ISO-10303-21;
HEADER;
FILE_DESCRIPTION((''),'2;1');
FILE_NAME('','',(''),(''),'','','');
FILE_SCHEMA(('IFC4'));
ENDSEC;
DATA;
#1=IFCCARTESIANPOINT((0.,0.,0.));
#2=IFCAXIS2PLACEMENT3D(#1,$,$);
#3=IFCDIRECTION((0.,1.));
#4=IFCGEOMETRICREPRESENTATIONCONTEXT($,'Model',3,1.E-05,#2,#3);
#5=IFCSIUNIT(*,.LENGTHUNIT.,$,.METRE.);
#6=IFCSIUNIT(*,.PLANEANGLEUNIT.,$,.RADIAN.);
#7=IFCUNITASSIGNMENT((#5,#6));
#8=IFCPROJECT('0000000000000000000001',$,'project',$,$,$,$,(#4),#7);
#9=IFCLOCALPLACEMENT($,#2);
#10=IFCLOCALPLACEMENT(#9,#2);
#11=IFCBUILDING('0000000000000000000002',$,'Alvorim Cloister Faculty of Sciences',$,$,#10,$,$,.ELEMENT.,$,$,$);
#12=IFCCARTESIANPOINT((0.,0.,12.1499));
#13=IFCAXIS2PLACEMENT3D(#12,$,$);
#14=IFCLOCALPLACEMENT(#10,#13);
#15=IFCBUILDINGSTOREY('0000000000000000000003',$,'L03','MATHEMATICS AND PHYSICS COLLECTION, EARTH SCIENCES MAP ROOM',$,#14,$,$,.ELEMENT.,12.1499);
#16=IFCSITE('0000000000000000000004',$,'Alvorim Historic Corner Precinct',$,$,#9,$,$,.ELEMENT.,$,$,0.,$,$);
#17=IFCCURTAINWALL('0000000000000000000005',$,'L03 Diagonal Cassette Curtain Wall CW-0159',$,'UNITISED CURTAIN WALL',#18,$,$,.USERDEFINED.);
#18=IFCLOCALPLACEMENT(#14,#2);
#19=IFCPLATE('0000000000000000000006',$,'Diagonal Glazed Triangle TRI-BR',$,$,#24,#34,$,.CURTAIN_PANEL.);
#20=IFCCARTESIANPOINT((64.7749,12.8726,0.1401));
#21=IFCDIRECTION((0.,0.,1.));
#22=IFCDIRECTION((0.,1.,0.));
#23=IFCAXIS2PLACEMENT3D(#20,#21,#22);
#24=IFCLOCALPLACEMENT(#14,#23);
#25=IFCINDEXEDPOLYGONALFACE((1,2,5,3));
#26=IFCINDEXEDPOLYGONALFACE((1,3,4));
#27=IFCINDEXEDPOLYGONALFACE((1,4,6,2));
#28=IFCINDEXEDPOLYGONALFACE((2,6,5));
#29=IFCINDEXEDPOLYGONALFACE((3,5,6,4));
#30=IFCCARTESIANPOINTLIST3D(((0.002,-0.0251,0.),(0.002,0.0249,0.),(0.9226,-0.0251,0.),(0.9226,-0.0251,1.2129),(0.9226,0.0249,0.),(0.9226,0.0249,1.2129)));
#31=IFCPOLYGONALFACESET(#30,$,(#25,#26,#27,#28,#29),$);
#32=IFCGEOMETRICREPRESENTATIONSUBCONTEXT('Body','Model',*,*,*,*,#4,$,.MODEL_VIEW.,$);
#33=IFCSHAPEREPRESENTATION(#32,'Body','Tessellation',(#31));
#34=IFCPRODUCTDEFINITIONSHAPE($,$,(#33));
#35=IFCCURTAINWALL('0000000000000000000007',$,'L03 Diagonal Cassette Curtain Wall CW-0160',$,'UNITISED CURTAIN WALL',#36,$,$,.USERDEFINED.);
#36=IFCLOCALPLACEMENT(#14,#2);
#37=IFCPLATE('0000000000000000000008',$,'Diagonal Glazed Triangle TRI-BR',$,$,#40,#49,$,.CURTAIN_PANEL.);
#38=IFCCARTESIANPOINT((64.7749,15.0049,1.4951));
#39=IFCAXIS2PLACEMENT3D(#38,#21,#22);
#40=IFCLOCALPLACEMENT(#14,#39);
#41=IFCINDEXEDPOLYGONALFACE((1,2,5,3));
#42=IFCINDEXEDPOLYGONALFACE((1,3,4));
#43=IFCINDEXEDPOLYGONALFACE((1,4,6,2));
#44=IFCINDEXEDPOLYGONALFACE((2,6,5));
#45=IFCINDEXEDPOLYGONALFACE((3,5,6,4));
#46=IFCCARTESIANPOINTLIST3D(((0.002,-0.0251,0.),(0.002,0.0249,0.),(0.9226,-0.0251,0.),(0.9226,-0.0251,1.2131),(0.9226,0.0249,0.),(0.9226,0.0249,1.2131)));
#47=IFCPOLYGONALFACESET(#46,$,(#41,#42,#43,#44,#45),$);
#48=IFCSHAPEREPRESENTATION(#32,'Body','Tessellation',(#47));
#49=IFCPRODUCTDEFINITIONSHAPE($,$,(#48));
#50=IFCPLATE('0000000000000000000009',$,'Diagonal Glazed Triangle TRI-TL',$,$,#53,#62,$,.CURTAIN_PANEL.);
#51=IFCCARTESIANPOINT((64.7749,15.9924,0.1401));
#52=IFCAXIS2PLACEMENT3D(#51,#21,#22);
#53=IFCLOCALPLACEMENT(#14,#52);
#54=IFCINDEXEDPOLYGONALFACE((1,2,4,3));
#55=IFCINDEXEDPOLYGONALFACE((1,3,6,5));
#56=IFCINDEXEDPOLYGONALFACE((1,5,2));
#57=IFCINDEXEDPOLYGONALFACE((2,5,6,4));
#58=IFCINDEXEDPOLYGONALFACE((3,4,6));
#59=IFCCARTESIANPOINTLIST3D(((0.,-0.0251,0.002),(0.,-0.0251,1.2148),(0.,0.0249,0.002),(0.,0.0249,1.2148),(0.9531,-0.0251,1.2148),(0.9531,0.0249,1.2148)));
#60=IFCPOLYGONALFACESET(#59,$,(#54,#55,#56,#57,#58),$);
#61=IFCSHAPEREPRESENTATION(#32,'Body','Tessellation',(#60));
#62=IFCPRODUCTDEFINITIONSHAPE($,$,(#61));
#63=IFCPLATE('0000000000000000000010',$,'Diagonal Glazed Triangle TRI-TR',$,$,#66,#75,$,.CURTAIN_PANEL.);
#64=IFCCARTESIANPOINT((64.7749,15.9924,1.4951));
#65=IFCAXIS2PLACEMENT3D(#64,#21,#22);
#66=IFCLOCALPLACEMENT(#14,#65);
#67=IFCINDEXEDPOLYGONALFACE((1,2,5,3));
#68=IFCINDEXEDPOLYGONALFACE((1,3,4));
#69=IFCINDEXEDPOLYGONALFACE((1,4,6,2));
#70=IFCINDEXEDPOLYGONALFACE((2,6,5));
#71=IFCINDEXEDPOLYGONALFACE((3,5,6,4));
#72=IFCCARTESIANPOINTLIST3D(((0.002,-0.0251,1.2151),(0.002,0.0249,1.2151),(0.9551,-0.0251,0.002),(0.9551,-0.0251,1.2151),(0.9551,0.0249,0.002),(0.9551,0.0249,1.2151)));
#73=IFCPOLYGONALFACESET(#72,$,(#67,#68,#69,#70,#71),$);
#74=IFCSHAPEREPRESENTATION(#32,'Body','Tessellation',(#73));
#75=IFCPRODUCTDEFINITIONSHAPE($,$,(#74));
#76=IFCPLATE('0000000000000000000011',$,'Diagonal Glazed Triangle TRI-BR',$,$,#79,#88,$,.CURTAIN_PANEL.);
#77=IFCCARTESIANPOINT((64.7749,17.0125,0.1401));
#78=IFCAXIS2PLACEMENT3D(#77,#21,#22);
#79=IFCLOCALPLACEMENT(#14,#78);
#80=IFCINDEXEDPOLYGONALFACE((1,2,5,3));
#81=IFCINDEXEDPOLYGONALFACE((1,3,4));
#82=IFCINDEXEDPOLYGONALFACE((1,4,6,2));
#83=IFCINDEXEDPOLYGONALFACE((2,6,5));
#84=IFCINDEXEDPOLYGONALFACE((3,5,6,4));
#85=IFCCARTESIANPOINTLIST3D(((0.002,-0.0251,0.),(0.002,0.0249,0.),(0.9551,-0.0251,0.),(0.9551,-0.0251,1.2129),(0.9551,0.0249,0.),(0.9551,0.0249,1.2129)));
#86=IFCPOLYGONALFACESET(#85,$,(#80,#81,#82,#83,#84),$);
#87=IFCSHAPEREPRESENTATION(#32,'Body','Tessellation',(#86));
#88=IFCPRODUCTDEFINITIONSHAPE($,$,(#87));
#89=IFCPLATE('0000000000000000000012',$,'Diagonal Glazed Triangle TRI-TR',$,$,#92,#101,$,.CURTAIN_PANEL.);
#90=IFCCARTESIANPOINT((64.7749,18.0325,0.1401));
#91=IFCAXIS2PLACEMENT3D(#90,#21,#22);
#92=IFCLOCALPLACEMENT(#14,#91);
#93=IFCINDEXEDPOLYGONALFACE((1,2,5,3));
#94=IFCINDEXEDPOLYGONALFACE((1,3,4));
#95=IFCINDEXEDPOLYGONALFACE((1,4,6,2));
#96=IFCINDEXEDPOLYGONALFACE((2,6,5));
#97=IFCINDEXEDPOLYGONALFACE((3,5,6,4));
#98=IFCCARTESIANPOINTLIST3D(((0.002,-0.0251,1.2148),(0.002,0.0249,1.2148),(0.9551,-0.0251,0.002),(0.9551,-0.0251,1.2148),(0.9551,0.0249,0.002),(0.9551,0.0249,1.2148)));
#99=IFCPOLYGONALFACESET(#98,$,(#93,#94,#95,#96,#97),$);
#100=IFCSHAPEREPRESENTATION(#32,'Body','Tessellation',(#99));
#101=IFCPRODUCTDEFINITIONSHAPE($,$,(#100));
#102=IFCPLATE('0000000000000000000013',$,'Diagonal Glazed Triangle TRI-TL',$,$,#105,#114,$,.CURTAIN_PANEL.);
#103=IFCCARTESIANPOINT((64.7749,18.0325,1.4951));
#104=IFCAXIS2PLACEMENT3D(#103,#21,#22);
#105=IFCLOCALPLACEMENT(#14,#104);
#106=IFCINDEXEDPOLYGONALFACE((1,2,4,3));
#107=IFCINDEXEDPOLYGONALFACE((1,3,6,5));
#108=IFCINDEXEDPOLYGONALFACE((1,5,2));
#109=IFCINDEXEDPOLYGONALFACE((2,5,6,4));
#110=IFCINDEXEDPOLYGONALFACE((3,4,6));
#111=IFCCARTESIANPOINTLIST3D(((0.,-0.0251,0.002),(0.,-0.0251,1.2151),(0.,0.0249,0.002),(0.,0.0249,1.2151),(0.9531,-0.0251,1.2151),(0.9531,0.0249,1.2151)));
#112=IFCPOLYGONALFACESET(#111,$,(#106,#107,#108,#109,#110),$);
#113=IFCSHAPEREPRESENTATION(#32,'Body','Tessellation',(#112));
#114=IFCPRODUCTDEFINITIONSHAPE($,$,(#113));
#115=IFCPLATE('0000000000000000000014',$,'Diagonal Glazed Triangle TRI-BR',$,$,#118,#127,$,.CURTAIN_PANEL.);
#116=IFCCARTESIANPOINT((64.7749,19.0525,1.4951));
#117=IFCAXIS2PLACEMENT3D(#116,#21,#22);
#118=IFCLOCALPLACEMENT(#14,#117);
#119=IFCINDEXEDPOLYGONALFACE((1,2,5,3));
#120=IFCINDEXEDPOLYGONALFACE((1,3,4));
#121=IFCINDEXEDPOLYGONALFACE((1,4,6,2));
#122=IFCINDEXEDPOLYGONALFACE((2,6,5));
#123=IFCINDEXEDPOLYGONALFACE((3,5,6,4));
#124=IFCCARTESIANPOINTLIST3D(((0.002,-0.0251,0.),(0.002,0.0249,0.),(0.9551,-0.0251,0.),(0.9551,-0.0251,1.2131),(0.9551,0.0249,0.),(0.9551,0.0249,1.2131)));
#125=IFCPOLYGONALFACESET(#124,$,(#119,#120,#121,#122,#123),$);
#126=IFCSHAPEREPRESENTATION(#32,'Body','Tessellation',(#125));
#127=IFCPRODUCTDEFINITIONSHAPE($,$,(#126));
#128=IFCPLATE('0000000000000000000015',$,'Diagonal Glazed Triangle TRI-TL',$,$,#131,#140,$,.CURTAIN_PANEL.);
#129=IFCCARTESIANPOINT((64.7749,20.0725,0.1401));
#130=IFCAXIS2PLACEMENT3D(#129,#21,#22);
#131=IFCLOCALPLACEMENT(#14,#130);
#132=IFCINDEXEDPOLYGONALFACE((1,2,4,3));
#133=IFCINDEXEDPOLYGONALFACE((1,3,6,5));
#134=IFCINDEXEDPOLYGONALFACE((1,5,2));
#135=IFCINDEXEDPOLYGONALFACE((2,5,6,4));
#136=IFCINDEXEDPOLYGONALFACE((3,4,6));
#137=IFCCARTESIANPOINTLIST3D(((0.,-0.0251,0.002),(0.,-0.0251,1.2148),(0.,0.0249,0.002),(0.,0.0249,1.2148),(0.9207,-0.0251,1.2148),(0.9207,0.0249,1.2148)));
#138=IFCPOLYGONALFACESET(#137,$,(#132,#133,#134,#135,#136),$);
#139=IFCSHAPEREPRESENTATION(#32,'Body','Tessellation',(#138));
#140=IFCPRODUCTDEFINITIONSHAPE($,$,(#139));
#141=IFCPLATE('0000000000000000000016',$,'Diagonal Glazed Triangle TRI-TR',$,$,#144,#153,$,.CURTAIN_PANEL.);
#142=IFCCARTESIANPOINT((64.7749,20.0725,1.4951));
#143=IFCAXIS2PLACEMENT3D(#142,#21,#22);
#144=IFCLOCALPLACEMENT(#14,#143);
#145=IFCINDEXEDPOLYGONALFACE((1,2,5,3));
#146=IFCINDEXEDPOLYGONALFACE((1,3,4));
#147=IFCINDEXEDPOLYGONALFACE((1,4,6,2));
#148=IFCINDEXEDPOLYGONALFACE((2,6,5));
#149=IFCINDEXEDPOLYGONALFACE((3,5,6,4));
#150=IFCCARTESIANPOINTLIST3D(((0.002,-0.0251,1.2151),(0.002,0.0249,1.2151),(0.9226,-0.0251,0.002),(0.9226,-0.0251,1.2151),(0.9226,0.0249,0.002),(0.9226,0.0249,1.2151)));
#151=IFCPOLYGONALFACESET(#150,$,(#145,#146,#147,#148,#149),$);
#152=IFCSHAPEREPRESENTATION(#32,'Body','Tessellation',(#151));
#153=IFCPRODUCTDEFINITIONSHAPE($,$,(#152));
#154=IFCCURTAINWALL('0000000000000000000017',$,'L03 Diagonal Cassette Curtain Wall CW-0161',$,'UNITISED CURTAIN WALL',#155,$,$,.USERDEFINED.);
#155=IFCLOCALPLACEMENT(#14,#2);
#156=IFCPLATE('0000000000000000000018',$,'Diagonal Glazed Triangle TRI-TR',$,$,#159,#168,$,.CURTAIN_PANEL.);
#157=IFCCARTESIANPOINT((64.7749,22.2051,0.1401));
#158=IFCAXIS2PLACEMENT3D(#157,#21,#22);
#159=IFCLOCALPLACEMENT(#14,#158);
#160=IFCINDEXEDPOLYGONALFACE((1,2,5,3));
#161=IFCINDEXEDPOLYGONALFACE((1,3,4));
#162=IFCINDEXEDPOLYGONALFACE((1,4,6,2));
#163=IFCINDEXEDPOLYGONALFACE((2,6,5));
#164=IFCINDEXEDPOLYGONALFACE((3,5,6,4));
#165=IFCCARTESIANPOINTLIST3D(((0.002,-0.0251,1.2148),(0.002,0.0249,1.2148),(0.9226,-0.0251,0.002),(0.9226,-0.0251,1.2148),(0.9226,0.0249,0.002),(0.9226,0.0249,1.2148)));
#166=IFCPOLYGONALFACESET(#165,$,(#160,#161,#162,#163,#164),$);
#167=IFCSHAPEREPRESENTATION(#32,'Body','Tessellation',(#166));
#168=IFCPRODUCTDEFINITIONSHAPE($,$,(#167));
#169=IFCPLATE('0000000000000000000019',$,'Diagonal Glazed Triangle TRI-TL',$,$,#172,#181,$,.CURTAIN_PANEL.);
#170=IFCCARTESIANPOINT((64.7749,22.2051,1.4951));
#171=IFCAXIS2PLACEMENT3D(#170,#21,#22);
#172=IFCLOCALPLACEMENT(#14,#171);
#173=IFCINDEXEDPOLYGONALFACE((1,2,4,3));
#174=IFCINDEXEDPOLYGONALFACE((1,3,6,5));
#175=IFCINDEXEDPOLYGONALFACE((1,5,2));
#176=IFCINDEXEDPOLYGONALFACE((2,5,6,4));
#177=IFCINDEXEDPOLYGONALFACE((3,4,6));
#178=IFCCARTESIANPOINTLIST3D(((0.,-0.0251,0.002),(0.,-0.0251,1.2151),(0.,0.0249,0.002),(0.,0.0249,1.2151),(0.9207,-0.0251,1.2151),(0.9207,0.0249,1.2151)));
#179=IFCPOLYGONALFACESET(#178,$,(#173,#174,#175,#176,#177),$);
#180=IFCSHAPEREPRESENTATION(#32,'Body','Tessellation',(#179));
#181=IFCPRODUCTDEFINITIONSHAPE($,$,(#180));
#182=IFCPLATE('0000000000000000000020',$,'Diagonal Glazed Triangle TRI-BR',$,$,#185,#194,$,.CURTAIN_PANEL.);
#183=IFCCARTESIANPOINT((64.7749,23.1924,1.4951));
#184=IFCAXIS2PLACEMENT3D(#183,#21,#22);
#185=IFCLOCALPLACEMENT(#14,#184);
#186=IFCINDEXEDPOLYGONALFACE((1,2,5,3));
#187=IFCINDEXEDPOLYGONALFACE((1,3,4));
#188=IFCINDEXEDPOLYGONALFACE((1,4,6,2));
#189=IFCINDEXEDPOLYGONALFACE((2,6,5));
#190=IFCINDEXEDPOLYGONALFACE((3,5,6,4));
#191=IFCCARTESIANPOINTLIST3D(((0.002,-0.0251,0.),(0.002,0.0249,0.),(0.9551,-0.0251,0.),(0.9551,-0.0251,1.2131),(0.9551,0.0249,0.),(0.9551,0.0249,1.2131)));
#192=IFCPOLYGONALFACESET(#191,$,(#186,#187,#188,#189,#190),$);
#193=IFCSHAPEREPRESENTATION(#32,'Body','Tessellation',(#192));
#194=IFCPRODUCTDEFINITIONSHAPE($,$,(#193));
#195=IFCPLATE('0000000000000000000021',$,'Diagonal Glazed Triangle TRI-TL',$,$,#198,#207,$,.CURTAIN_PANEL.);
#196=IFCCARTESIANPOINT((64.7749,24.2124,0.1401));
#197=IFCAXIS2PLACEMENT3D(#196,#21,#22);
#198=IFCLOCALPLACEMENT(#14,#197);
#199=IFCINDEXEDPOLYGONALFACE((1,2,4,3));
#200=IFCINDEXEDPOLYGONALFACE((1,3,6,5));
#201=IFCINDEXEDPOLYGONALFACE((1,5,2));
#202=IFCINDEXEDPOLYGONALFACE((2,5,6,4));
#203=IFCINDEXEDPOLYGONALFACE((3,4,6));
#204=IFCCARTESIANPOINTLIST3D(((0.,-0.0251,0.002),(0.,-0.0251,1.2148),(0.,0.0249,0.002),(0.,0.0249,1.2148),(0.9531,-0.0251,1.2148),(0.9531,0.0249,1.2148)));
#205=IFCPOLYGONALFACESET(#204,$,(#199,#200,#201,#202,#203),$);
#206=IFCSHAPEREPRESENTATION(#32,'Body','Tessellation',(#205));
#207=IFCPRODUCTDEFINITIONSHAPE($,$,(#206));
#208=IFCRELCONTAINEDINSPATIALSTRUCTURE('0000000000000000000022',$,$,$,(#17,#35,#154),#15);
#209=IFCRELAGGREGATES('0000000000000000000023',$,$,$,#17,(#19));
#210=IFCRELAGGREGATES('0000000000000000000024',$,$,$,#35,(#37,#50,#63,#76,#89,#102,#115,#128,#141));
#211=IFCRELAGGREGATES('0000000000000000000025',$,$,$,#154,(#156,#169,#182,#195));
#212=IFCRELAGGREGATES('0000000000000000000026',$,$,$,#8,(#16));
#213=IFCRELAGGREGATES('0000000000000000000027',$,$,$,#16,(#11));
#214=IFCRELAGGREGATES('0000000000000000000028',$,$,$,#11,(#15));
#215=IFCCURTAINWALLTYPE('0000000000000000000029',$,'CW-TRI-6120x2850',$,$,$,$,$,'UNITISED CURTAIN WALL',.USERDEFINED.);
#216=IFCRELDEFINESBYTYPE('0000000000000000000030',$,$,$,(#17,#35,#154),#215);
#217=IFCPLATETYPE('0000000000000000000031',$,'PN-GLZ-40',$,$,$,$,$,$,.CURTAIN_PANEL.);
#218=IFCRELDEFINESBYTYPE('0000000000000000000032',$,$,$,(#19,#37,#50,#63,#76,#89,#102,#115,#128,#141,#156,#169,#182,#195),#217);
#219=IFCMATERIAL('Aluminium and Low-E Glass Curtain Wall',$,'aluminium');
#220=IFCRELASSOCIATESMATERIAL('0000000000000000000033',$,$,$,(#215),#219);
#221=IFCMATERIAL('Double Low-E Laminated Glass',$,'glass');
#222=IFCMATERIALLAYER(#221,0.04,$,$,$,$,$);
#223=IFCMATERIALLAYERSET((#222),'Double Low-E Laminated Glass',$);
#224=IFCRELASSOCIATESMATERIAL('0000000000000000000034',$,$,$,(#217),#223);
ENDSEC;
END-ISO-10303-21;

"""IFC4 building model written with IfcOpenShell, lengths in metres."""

from ifc_helpers import new_model, si_unit, direction, frame, origin, place, context, subcontext, project, spatial, polyline, outline, extrude, material, layer, layer_set, type_object, element, aggregate, save


model = new_model("IFC4")

# Units and contexts
model_context = context("Model", 3, precision=1e-05, world=origin(), true_north=direction((0.0, 1.0)))
body_context = subcontext(model_context, "Body", "Model", "MODEL_VIEW")
ifc_project = project(units=[si_unit("LENGTHUNIT", "METRE"), si_unit("PLANEANGLEUNIT", "RADIAN")], contexts=[model_context])

# Site, building, storey
site_placement = place(None, origin())
site = spatial("IfcSite", under=ifc_project, at=site_placement, Name="Alvorim Historic Corner Precinct", CompositionType="ELEMENT", RefElevation=0.0)
building_placement = place(site_placement, origin())
building = spatial("IfcBuilding", under=site, at=building_placement, Name="Alvorim Cloister Faculty of Sciences", CompositionType="ELEMENT")
storey_placement = place(building_placement, frame((0.0, 0.0, 12.1499)))
storey = spatial("IfcBuildingStorey", under=building, at=storey_placement, Name="L03", Description="MATHEMATICS AND PHYSICS COLLECTION, EARTH SCIENCES MAP ROOM", CompositionType="ELEMENT", Elevation=12.1499)

# Curtain walls, plates
ifc_material_1 = material(Name="Aluminium and Low-E Glass Curtain Wall", Category="aluminium")
curtain_wall_type = type_object("IfcCurtainWallType", Name="CW-TRI-6120x2850", ElementType="UNITISED CURTAIN WALL", PredefinedType="USERDEFINED", material=ifc_material_1)
curtain_wall_1_placement = place(storey_placement, origin())
curtain_wall_1 = element("IfcCurtainWall", 1, at=curtain_wall_1_placement, inside=storey, type_object=curtain_wall_type, Name="L03 Diagonal Cassette Curtain Wall CW-0159", ObjectType="UNITISED CURTAIN WALL", PredefinedType="USERDEFINED")
ifc_material_2 = material(Name="Double Low-E Laminated Glass", Category="glass")
ifc_layer_1 = layer(ifc_material_2, 0.04)
ifc_layer_set_1 = layer_set([ifc_layer_1], Name="Double Low-E Laminated Glass")
plate_type = type_object("IfcPlateType", Name="PN-GLZ-40", PredefinedType="CURTAIN_PANEL", material=ifc_layer_set_1)
plate_1_placement = place(storey_placement, frame((64.7749, 12.8726, 0.1401), z_axis=(0.0, 0.0, 1.0), x_axis=(0.0, 1.0, 0.0)))
plate_1 = element("IfcPlate", 2, at=plate_1_placement, type_object=plate_type, Name="Diagonal Glazed Triangle TRI-BR", PredefinedType="CURTAIN_PANEL", context=body_context, shape_type="SweptSolid", body=[
    extrude(outline(polyline([(0.002, 0.0), (0.9226, 0.0), (0.9226, 1.2129), (0.002, 0.0)])), frame((0.0, 0.0249, 0.0), z_axis=(0.0, -1.0, 0.0), x_axis=(1.0, 0.0, 0.0)), (0.0, 0.0, 1.0), 0.05),
])
aggregate(curtain_wall_1, [plate_1])
curtain_wall_2_placement = place(storey_placement, origin())
curtain_wall_2 = element("IfcCurtainWall", 3, at=curtain_wall_2_placement, inside=storey, type_object=curtain_wall_type, Name="L03 Diagonal Cassette Curtain Wall CW-0160", ObjectType="UNITISED CURTAIN WALL", PredefinedType="USERDEFINED")
plate_2_placement = place(storey_placement, frame((64.7749, 15.0049, 1.4951), z_axis=(0.0, 0.0, 1.0), x_axis=(0.0, 1.0, 0.0)))
plate_2 = element("IfcPlate", 4, at=plate_2_placement, type_object=plate_type, Name="Diagonal Glazed Triangle TRI-BR", PredefinedType="CURTAIN_PANEL", context=body_context, shape_type="SweptSolid", body=[
    extrude(outline(polyline([(0.002, 0.0), (0.9226, 0.0), (0.9226, 1.2131), (0.002, 0.0)])), frame((0.0, 0.0249, 0.0), z_axis=(0.0, -1.0, 0.0), x_axis=(1.0, 0.0, 0.0)), (0.0, 0.0, 1.0), 0.05),
])
plate_3_placement = place(storey_placement, frame((64.7749, 15.9924, 0.1401), z_axis=(0.0, 0.0, 1.0), x_axis=(0.0, 1.0, 0.0)))
plate_3 = element("IfcPlate", 5, at=plate_3_placement, type_object=plate_type, Name="Diagonal Glazed Triangle TRI-TL", PredefinedType="CURTAIN_PANEL", context=body_context, shape_type="SweptSolid", body=[
    extrude(outline(polyline([(0.9531, 1.2148), (0.0, 1.2148), (0.0, 0.002), (0.9531, 1.2148)])), frame((0.0, 0.0249, 0.0), z_axis=(0.0, -1.0, 0.0), x_axis=(1.0, 0.0, 0.0)), (0.0, 0.0, 1.0), 0.05),
])
plate_4_placement = place(storey_placement, frame((64.7749, 15.9924, 1.4951), z_axis=(0.0, 0.0, 1.0), x_axis=(0.0, 1.0, 0.0)))
plate_4 = element("IfcPlate", 6, at=plate_4_placement, type_object=plate_type, Name="Diagonal Glazed Triangle TRI-TR", PredefinedType="CURTAIN_PANEL", context=body_context, shape_type="SweptSolid", body=[
    extrude(outline(polyline([(0.9551, 0.002), (0.9551, 1.2151), (0.002, 1.2151), (0.9551, 0.002)])), frame((0.0, 0.0249, 0.0), z_axis=(0.0, -1.0, 0.0), x_axis=(1.0, 0.0, 0.0)), (0.0, 0.0, 1.0), 0.05),
])
plate_5_placement = place(storey_placement, frame((64.7749, 17.0125, 0.1401), z_axis=(0.0, 0.0, 1.0), x_axis=(0.0, 1.0, 0.0)))
plate_5 = element("IfcPlate", 7, at=plate_5_placement, type_object=plate_type, Name="Diagonal Glazed Triangle TRI-BR", PredefinedType="CURTAIN_PANEL", context=body_context, shape_type="SweptSolid", body=[
    extrude(outline(polyline([(0.002, 0.0), (0.9551, 0.0), (0.9551, 1.2129), (0.002, 0.0)])), frame((0.0, 0.0249, 0.0), z_axis=(0.0, -1.0, 0.0), x_axis=(1.0, 0.0, 0.0)), (0.0, 0.0, 1.0), 0.05),
])
plate_6_placement = place(storey_placement, frame((64.7749, 18.0325, 0.1401), z_axis=(0.0, 0.0, 1.0), x_axis=(0.0, 1.0, 0.0)))
plate_6 = element("IfcPlate", 8, at=plate_6_placement, type_object=plate_type, Name="Diagonal Glazed Triangle TRI-TR", PredefinedType="CURTAIN_PANEL", context=body_context, shape_type="SweptSolid", body=[
    extrude(outline(polyline([(0.9551, 0.002), (0.9551, 1.2148), (0.002, 1.2148), (0.9551, 0.002)])), frame((0.0, 0.0249, 0.0), z_axis=(0.0, -1.0, 0.0), x_axis=(1.0, 0.0, 0.0)), (0.0, 0.0, 1.0), 0.05),
])
plate_7_placement = place(storey_placement, frame((64.7749, 18.0325, 1.4951), z_axis=(0.0, 0.0, 1.0), x_axis=(0.0, 1.0, 0.0)))
plate_7 = element("IfcPlate", 9, at=plate_7_placement, type_object=plate_type, Name="Diagonal Glazed Triangle TRI-TL", PredefinedType="CURTAIN_PANEL", context=body_context, shape_type="SweptSolid", body=[
    extrude(outline(polyline([(0.9531, 1.2151), (0.0, 1.2151), (0.0, 0.002), (0.9531, 1.2151)])), frame((0.0, 0.0249, 0.0), z_axis=(0.0, -1.0, 0.0), x_axis=(1.0, 0.0, 0.0)), (0.0, 0.0, 1.0), 0.05),
])
plate_8_placement = place(storey_placement, frame((64.7749, 19.0525, 1.4951), z_axis=(0.0, 0.0, 1.0), x_axis=(0.0, 1.0, 0.0)))
plate_8 = element("IfcPlate", 10, at=plate_8_placement, type_object=plate_type, Name="Diagonal Glazed Triangle TRI-BR", PredefinedType="CURTAIN_PANEL", context=body_context, shape_type="SweptSolid", body=[
    extrude(outline(polyline([(0.002, 0.0), (0.9551, 0.0), (0.9551, 1.2131), (0.002, 0.0)])), frame((0.0, 0.0249, 0.0), z_axis=(0.0, -1.0, 0.0), x_axis=(1.0, 0.0, 0.0)), (0.0, 0.0, 1.0), 0.05),
])
plate_9_placement = place(storey_placement, frame((64.7749, 20.0725, 0.1401), z_axis=(0.0, 0.0, 1.0), x_axis=(0.0, 1.0, 0.0)))
plate_9 = element("IfcPlate", 11, at=plate_9_placement, type_object=plate_type, Name="Diagonal Glazed Triangle TRI-TL", PredefinedType="CURTAIN_PANEL", context=body_context, shape_type="SweptSolid", body=[
    extrude(outline(polyline([(0.9207, 1.2148), (0.0, 1.2148), (0.0, 0.002), (0.9207, 1.2148)])), frame((0.0, 0.0249, 0.0), z_axis=(0.0, -1.0, 0.0), x_axis=(1.0, 0.0, 0.0)), (0.0, 0.0, 1.0), 0.05),
])
plate_10_placement = place(storey_placement, frame((64.7749, 20.0725, 1.4951), z_axis=(0.0, 0.0, 1.0), x_axis=(0.0, 1.0, 0.0)))
plate_10 = element("IfcPlate", 12, at=plate_10_placement, type_object=plate_type, Name="Diagonal Glazed Triangle TRI-TR", PredefinedType="CURTAIN_PANEL", context=body_context, shape_type="SweptSolid", body=[
    extrude(outline(polyline([(0.9226, 0.002), (0.9226, 1.2151), (0.002, 1.2151), (0.9226, 0.002)])), frame((0.0, 0.0249, 0.0), z_axis=(0.0, -1.0, 0.0), x_axis=(1.0, 0.0, 0.0)), (0.0, 0.0, 1.0), 0.05),
])
aggregate(curtain_wall_2, [plate_2, plate_3, plate_4, plate_5, plate_6, plate_7, plate_8, plate_9, plate_10])
curtain_wall_3_placement = place(storey_placement, origin())
curtain_wall_3 = element("IfcCurtainWall", 13, at=curtain_wall_3_placement, inside=storey, type_object=curtain_wall_type, Name="L03 Diagonal Cassette Curtain Wall CW-0161", ObjectType="UNITISED CURTAIN WALL", PredefinedType="USERDEFINED")
plate_11_placement = place(storey_placement, frame((64.7749, 22.2051, 0.1401), z_axis=(0.0, 0.0, 1.0), x_axis=(0.0, 1.0, 0.0)))
plate_11 = element("IfcPlate", 14, at=plate_11_placement, type_object=plate_type, Name="Diagonal Glazed Triangle TRI-TR", PredefinedType="CURTAIN_PANEL", context=body_context, shape_type="SweptSolid", body=[
    extrude(outline(polyline([(0.9226, 0.002), (0.9226, 1.2148), (0.002, 1.2148), (0.9226, 0.002)])), frame((0.0, 0.0249, 0.0), z_axis=(0.0, -1.0, 0.0), x_axis=(1.0, 0.0, 0.0)), (0.0, 0.0, 1.0), 0.05),
])
plate_12_placement = place(storey_placement, frame((64.7749, 22.2051, 1.4951), z_axis=(0.0, 0.0, 1.0), x_axis=(0.0, 1.0, 0.0)))
plate_12 = element("IfcPlate", 15, at=plate_12_placement, type_object=plate_type, Name="Diagonal Glazed Triangle TRI-TL", PredefinedType="CURTAIN_PANEL", context=body_context, shape_type="SweptSolid", body=[
    extrude(outline(polyline([(0.9207, 1.2151), (0.0, 1.2151), (0.0, 0.002), (0.9207, 1.2151)])), frame((0.0, 0.0249, 0.0), z_axis=(0.0, -1.0, 0.0), x_axis=(1.0, 0.0, 0.0)), (0.0, 0.0, 1.0), 0.05),
])
plate_13_placement = place(storey_placement, frame((64.7749, 23.1924, 1.4951), z_axis=(0.0, 0.0, 1.0), x_axis=(0.0, 1.0, 0.0)))
plate_13 = element("IfcPlate", 16, at=plate_13_placement, type_object=plate_type, Name="Diagonal Glazed Triangle TRI-BR", PredefinedType="CURTAIN_PANEL", context=body_context, shape_type="SweptSolid", body=[
    extrude(outline(polyline([(0.002, 0.0), (0.9551, 0.0), (0.9551, 1.2131), (0.002, 0.0)])), frame((0.0, 0.0249, 0.0), z_axis=(0.0, -1.0, 0.0), x_axis=(1.0, 0.0, 0.0)), (0.0, 0.0, 1.0), 0.05),
])
plate_14_placement = place(storey_placement, frame((64.7749, 24.2124, 0.1401), z_axis=(0.0, 0.0, 1.0), x_axis=(0.0, 1.0, 0.0)))
plate_14 = element("IfcPlate", 17, at=plate_14_placement, type_object=plate_type, Name="Diagonal Glazed Triangle TRI-TL", PredefinedType="CURTAIN_PANEL", context=body_context, shape_type="SweptSolid", body=[
    extrude(outline(polyline([(0.9531, 1.2148), (0.0, 1.2148), (0.0, 0.002), (0.9531, 1.2148)])), frame((0.0, 0.0249, 0.0), z_axis=(0.0, -1.0, 0.0), x_axis=(1.0, 0.0, 0.0)), (0.0, 0.0, 1.0), 0.05),
])
aggregate(curtain_wall_3, [plate_11, plate_12, plate_13, plate_14])

save(model, "model.ifc")
